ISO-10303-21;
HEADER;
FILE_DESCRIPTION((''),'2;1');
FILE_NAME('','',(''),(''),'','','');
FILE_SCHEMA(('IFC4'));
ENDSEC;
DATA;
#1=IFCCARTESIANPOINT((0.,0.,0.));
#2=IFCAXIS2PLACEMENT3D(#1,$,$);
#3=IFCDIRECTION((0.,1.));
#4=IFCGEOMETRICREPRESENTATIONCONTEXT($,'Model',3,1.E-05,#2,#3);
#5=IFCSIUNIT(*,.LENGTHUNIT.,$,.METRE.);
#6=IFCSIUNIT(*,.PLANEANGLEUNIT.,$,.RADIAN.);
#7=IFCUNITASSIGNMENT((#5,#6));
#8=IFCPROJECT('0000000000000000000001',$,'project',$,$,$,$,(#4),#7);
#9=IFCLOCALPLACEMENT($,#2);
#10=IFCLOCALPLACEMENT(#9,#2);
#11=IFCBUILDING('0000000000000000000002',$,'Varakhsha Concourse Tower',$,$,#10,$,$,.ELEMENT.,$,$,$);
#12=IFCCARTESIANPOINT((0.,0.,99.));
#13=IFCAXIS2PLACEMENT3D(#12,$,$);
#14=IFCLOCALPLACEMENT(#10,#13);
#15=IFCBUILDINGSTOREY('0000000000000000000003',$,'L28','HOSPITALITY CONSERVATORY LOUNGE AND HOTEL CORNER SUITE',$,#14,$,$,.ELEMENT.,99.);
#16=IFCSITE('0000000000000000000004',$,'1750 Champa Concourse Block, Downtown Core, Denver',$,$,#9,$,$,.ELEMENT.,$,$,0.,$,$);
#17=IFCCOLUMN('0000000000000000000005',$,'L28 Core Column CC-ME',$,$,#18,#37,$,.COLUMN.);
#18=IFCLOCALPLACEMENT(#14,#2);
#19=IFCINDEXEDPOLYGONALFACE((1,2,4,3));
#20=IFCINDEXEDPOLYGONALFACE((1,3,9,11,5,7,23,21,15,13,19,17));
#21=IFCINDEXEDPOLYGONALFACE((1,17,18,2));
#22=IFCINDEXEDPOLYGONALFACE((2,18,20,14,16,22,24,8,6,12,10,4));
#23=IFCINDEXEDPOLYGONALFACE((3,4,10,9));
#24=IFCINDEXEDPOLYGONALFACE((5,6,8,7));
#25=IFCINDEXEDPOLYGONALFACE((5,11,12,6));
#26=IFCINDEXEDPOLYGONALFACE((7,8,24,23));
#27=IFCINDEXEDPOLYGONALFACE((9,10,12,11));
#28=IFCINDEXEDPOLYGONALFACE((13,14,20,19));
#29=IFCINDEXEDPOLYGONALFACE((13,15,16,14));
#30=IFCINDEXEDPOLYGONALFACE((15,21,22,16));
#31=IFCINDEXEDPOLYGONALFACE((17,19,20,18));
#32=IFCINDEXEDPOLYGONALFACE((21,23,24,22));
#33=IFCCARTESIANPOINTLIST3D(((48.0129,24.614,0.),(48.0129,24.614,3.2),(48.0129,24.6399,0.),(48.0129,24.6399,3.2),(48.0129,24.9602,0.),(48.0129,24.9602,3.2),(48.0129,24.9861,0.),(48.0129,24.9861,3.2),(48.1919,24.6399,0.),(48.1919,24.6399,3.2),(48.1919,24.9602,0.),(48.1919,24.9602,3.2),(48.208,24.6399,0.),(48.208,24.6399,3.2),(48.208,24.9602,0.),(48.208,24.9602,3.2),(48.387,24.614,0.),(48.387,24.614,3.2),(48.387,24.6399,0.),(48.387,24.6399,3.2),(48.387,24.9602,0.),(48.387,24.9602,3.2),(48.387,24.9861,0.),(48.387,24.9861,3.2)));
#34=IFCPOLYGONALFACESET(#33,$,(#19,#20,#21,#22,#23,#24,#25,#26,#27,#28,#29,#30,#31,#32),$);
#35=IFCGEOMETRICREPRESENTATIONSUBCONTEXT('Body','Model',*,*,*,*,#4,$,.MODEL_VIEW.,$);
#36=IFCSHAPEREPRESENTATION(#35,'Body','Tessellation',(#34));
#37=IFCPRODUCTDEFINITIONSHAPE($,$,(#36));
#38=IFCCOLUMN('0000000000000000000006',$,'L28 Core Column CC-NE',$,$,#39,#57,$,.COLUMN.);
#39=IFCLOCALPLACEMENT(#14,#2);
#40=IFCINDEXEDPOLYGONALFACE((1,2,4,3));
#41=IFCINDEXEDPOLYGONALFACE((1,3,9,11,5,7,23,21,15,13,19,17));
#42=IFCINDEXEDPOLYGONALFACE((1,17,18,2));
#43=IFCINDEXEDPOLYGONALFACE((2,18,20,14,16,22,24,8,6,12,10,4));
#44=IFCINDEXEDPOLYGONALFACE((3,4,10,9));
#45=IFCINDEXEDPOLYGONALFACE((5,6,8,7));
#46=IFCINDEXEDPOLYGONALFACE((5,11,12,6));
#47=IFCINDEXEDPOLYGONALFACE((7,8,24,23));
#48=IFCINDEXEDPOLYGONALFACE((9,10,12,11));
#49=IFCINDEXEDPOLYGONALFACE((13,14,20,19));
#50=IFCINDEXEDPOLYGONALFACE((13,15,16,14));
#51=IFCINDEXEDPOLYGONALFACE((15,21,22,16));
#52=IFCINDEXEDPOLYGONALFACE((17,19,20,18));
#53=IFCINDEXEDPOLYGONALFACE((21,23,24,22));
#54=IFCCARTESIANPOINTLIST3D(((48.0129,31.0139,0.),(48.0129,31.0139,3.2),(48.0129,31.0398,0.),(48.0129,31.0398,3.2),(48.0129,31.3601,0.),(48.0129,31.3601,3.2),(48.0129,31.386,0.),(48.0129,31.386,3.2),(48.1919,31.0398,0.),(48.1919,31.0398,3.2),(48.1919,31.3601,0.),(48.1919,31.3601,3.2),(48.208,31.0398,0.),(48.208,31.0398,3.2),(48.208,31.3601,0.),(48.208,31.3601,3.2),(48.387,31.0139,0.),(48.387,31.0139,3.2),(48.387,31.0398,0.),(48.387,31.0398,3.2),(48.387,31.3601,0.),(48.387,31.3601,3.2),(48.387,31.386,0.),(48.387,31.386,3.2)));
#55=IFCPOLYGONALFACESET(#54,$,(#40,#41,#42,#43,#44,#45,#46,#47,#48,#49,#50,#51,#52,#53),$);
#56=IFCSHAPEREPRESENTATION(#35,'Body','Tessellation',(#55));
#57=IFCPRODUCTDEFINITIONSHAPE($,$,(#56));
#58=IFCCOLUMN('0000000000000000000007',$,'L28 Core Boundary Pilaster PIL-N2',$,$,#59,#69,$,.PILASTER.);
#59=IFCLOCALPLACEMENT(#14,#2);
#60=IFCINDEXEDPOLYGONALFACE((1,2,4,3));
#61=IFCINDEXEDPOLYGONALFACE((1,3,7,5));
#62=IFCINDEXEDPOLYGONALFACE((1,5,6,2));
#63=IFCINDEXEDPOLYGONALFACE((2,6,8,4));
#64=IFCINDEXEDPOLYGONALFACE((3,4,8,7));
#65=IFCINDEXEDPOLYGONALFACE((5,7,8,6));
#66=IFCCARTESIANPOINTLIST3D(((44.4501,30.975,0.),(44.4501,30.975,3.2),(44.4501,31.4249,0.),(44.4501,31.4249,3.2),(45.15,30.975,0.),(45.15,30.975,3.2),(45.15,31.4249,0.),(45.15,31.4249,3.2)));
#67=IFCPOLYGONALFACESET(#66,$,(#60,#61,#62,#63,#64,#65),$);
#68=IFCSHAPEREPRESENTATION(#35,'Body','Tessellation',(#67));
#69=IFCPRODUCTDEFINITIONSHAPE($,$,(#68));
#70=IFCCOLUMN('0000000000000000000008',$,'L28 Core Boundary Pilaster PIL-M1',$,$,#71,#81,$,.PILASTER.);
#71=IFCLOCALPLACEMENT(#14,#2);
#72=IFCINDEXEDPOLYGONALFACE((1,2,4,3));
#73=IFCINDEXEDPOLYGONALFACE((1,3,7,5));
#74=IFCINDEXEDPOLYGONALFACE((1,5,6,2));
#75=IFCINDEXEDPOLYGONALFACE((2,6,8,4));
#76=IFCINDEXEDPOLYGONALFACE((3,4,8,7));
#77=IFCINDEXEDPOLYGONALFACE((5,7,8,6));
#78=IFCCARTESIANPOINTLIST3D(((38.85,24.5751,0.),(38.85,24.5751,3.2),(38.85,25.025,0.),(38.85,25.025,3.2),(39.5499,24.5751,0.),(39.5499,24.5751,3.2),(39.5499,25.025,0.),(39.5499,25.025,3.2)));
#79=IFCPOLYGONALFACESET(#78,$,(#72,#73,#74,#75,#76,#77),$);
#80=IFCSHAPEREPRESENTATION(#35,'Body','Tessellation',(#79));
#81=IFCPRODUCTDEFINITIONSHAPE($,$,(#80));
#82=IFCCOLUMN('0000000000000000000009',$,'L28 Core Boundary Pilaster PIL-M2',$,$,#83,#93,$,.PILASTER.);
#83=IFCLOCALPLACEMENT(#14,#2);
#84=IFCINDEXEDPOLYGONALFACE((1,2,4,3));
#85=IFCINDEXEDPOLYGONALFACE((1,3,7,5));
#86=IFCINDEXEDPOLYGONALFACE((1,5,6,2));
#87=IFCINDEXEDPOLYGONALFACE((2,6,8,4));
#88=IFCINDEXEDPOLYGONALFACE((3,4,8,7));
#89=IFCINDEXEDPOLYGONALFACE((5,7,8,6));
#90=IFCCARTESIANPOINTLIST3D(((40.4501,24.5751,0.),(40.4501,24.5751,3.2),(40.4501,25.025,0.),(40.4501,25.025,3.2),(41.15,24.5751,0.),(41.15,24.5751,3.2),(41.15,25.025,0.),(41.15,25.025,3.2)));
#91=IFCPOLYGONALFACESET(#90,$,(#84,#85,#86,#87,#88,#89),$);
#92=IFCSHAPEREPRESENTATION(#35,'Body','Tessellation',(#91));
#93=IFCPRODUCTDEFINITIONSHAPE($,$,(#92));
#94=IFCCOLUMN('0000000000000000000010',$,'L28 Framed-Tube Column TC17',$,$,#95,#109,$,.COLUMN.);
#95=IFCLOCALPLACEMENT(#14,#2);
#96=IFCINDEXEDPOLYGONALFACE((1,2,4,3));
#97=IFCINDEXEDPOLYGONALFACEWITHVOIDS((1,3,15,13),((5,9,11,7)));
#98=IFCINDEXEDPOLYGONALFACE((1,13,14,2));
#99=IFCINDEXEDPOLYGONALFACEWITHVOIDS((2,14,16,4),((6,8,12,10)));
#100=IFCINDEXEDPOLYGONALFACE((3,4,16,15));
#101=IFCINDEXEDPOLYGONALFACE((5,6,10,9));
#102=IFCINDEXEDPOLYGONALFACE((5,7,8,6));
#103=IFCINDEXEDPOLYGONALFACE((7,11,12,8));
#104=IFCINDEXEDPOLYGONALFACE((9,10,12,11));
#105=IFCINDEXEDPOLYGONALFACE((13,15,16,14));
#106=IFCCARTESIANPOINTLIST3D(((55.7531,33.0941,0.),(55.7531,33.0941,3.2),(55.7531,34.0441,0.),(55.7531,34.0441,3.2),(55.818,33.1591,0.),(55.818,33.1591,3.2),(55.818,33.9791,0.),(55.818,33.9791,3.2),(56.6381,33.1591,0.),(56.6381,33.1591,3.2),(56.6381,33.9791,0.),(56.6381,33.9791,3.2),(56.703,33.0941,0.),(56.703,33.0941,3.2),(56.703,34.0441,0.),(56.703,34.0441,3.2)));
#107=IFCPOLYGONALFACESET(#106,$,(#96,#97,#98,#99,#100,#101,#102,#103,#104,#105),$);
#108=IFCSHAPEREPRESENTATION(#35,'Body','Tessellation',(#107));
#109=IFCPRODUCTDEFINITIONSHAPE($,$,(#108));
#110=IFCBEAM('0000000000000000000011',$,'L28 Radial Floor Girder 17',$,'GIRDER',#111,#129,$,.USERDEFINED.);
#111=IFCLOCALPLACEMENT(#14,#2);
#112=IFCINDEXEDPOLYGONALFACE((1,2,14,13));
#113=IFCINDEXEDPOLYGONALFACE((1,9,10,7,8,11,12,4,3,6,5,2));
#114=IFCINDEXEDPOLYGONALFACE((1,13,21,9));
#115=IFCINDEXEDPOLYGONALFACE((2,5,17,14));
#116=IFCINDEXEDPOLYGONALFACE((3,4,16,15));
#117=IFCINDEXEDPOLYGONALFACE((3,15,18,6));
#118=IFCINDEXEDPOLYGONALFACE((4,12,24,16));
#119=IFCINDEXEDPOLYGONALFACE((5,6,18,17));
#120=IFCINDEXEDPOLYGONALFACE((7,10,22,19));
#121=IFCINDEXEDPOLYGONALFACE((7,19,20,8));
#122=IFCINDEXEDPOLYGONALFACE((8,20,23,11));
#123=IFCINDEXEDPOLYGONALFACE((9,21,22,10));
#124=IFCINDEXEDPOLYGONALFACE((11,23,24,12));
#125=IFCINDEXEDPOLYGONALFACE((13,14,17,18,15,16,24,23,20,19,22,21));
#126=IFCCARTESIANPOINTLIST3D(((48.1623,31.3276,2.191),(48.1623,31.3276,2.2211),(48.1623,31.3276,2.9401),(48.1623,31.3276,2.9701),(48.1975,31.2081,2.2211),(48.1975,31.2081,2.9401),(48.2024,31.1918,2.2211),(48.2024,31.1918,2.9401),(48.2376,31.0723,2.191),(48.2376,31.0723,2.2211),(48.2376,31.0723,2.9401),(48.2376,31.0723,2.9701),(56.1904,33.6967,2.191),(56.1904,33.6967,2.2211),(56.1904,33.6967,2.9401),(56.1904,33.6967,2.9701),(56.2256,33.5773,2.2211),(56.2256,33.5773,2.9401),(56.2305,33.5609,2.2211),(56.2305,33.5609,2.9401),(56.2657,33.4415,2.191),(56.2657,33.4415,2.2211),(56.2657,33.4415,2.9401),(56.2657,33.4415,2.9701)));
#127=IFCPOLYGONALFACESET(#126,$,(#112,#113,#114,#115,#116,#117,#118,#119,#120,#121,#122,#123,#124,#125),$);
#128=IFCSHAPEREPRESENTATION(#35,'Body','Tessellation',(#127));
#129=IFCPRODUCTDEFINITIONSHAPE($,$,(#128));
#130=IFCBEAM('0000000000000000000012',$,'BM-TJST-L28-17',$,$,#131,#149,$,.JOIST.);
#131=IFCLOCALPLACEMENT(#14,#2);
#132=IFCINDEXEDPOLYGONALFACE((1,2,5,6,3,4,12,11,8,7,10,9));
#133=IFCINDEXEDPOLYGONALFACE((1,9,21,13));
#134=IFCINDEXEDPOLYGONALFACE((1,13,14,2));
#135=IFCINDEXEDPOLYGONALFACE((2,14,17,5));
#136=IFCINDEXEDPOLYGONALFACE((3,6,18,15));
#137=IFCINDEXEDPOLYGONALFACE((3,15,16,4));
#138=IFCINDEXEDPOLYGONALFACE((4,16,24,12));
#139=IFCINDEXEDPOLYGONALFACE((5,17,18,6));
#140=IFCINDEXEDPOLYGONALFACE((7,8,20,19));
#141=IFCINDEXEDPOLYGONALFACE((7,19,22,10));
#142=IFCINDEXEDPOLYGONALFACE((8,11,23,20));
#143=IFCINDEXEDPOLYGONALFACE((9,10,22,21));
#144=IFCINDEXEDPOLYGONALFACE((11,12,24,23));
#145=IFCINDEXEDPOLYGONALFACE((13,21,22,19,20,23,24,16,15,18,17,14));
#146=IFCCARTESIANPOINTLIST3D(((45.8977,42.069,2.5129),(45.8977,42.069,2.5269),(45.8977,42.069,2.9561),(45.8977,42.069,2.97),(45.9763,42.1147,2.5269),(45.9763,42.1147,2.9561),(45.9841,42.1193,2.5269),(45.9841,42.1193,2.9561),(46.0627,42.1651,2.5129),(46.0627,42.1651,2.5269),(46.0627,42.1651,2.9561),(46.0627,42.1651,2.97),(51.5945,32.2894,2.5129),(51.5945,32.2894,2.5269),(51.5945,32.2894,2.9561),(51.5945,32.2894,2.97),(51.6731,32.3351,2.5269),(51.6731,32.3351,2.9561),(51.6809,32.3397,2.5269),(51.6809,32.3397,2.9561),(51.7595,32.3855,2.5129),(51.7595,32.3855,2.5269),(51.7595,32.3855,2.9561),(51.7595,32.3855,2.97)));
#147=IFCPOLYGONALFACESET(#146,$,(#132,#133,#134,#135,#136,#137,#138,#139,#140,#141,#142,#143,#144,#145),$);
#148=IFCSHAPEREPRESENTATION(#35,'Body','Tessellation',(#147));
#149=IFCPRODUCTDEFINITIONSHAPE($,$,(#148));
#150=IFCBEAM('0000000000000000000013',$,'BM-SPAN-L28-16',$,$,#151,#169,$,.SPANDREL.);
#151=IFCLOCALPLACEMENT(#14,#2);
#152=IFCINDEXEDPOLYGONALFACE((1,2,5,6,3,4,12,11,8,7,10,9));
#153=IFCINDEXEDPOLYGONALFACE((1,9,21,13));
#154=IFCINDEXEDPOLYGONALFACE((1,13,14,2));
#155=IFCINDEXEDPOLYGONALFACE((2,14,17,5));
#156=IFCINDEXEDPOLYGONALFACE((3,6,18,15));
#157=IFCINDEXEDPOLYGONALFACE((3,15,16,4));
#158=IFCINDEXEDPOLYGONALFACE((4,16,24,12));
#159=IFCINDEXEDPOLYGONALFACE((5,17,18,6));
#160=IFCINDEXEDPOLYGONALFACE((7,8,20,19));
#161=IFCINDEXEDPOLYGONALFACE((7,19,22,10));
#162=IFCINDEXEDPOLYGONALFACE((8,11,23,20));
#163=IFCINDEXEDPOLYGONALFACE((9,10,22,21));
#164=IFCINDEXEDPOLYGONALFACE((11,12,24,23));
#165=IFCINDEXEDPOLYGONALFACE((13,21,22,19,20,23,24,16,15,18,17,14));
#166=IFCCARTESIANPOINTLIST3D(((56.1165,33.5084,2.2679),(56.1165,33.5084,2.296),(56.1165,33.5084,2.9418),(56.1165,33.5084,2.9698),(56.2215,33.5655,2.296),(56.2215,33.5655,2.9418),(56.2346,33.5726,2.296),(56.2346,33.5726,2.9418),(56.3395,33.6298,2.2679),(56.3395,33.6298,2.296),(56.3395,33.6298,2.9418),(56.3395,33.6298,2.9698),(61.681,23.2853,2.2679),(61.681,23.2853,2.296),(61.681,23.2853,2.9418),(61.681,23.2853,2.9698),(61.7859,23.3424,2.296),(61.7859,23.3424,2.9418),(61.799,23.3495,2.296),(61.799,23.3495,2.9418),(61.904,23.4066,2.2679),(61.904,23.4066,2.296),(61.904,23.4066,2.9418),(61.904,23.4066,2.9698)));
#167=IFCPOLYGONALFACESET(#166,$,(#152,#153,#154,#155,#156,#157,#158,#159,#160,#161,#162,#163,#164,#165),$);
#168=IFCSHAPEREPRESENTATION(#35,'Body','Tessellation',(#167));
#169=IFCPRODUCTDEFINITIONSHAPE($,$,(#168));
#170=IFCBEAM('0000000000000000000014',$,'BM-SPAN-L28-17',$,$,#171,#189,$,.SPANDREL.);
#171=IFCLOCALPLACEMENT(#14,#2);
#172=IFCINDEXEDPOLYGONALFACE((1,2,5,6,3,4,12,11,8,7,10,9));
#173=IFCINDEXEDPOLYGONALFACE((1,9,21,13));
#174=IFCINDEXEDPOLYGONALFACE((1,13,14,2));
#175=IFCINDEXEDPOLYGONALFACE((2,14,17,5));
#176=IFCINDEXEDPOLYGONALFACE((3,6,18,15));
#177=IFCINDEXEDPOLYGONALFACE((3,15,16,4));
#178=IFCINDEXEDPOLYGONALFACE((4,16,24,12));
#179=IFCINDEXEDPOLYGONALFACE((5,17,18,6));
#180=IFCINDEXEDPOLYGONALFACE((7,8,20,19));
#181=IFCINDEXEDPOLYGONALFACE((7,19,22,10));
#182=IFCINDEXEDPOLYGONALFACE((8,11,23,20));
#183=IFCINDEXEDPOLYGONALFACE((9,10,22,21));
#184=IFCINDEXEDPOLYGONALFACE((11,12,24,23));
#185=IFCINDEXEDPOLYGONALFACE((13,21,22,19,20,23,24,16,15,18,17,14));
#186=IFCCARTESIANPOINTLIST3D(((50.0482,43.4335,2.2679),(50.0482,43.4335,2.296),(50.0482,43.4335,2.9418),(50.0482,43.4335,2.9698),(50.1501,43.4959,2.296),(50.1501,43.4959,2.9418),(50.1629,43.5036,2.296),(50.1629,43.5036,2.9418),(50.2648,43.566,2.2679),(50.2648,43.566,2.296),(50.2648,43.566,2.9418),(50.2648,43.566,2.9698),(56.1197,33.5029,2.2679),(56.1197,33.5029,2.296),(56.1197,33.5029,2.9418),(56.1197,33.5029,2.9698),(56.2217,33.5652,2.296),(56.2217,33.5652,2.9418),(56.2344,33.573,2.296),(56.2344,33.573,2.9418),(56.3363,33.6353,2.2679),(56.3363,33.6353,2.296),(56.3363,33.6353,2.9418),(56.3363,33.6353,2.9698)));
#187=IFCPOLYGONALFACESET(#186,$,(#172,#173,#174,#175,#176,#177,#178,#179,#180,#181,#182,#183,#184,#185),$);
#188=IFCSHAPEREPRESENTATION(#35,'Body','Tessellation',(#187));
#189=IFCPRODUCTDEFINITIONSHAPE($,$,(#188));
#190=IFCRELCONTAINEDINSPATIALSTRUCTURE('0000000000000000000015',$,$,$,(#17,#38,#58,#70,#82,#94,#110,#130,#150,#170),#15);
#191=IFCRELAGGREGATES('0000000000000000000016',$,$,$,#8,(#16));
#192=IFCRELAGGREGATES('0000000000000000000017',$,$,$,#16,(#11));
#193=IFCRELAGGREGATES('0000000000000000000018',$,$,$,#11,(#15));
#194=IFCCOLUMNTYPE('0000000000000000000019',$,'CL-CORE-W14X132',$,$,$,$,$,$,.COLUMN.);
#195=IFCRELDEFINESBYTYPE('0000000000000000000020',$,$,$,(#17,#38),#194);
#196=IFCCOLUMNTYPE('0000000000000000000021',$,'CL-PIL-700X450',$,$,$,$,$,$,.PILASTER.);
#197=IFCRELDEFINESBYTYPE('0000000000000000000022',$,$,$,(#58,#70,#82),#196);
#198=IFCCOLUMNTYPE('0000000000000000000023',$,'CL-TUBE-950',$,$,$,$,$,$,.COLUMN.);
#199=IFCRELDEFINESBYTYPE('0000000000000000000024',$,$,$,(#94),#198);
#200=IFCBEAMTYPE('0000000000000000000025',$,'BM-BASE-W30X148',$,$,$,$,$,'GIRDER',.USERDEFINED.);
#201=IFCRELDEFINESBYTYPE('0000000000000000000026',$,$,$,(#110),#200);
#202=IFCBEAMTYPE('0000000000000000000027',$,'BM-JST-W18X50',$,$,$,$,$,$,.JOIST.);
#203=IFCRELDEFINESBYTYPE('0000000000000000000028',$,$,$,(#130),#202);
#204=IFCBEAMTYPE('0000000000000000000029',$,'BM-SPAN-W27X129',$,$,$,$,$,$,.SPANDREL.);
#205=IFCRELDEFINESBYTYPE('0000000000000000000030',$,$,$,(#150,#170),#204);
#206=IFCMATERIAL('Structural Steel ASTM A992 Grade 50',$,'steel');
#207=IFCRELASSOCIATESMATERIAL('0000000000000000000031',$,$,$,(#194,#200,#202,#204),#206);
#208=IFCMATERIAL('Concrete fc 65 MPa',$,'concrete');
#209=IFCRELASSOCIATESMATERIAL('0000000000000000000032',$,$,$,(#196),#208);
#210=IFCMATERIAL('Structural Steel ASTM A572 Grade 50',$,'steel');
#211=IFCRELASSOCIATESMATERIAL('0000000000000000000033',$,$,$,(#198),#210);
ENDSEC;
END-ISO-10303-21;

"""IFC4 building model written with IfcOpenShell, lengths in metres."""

from ifc_helpers import new_model, si_unit, direction, frame, origin, origin_2d, place, context, subcontext, project, spatial, rectangle, hollow_rectangle, i_section, extrude, material, material_profile, profile_set, type_object, element, save


model = new_model("IFC4")

# Units and contexts
model_context = context("Model", 3, precision=1e-05, world=origin(), true_north=direction((0.0, 1.0)))
body_context = subcontext(model_context, "Body", "Model", "MODEL_VIEW")
ifc_project = project(units=[si_unit("LENGTHUNIT", "METRE"), si_unit("PLANEANGLEUNIT", "RADIAN")], contexts=[model_context])

# Site, building, storey
site_placement = place(None, origin())
site = spatial("IfcSite", under=ifc_project, at=site_placement, Name="1750 Champa Concourse Block, Downtown Core, Denver", CompositionType="ELEMENT", RefElevation=0.0)
building_placement = place(site_placement, origin())
building = spatial("IfcBuilding", under=site, at=building_placement, Name="Varakhsha Concourse Tower", CompositionType="ELEMENT")
storey_placement = place(building_placement, frame((0.0, 0.0, 99.0)))
storey = spatial("IfcBuildingStorey", under=building, at=storey_placement, Name="L28", Description="HOSPITALITY CONSERVATORY LOUNGE AND HOTEL CORNER SUITE", CompositionType="ELEMENT", Elevation=99.0)

# Columns
ifc_material_1 = material(Name="Structural Steel ASTM A992 Grade 50", Category="steel")
ifc_material_profile_1 = material_profile(ifc_material_1, i_section(OverallWidth=0.374, OverallDepth=0.3721, WebThickness=0.0161, FlangeThickness=0.0259, at=origin_2d()), Name="W14X132")
ifc_profile_set_1 = profile_set([ifc_material_profile_1], Name="Structural Steel ASTM A992 Grade 50")
column_type_1 = type_object("IfcColumnType", Name="CL-CORE-W14X132", PredefinedType="COLUMN", material=ifc_profile_set_1)
for number, where, z_axis, x_axis, name in (
    (1, (48.2, 24.8, 0.0), (0.0, 0.0, 1.0), (1.0, 0.0, 0.0), "L28 Core Column CC-ME"),
    (2, (48.2, 31.2, 0.0), (0.0, 0.0, 1.0), (1.0, 0.0, 0.0), "L28 Core Column CC-NE"),
):
    element("IfcColumn", number, at=place(storey_placement, frame(where, z_axis=z_axis, x_axis=x_axis)), inside=storey, type_object=column_type_1, Name=name, PredefinedType="COLUMN", context=body_context, shape_type="SweptSolid", body=[
        extrude(i_section(OverallWidth=0.374, OverallDepth=0.3721, WebThickness=0.0161, FlangeThickness=0.0259, at=origin_2d()), origin(), (0.0, 0.0, 1.0), 3.2),
    ])
ifc_material_2 = material(Name="Concrete fc 65 MPa", Category="concrete")
ifc_material_profile_2 = material_profile(ifc_material_2, rectangle(XDim=0.7, YDim=0.45, at=origin_2d()), Name="RC 700x450")
ifc_profile_set_2 = profile_set([ifc_material_profile_2], Name="Concrete fc 65 MPa")
column_type_2 = type_object("IfcColumnType", Name="CL-PIL-700X450", PredefinedType="PILASTER", material=ifc_profile_set_2)
for number, where, z_axis, x_axis, name in (
    (3, (44.8, 31.2, 0.0), (0.0, 0.0, 1.0), (1.0, 0.0, 0.0), "L28 Core Boundary Pilaster PIL-N2"),
    (4, (39.2, 24.8, 0.0), (0.0, 0.0, 1.0), (1.0, 0.0, 0.0), "L28 Core Boundary Pilaster PIL-M1"),
    (5, (40.8, 24.8, 0.0), (0.0, 0.0, 1.0), (1.0, 0.0, 0.0), "L28 Core Boundary Pilaster PIL-M2"),
):
    element("IfcColumn", number, at=place(storey_placement, frame(where, z_axis=z_axis, x_axis=x_axis)), inside=storey, type_object=column_type_2, Name=name, PredefinedType="PILASTER", context=body_context, shape_type="SweptSolid", body=[
        extrude(rectangle(XDim=0.7, YDim=0.45, at=origin_2d()), origin(), (0.0, 0.0, 1.0), 3.2),
    ])
ifc_material_3 = material(Name="Structural Steel ASTM A572 Grade 50", Category="steel")
ifc_material_profile_3 = material_profile(ifc_material_3, hollow_rectangle(XDim=0.95, YDim=0.95, WallThickness=0.0649, at=origin_2d()), Name="BOX 950x950x65")
ifc_profile_set_3 = profile_set([ifc_material_profile_3], Name="Structural Steel ASTM A572 Grade 50")
column_type_3 = type_object("IfcColumnType", Name="CL-TUBE-950", PredefinedType="COLUMN", material=ifc_profile_set_3)
column_placement = place(storey_placement, frame((56.228, 33.5691, 0.0), z_axis=(0.0, 0.0, 1.0), x_axis=(1.0, 0.0, 0.0)))
element("IfcColumn", 6, at=column_placement, inside=storey, type_object=column_type_3, Name="L28 Framed-Tube Column TC17", PredefinedType="COLUMN", context=body_context, shape_type="SweptSolid", body=[
    extrude(hollow_rectangle(XDim=0.95, YDim=0.95, WallThickness=0.0649, at=origin_2d()), origin(), (0.0, 0.0, 1.0), 3.2),
])

# Beams
ifc_material_profile_4 = material_profile(ifc_material_1, i_section(OverallWidth=0.2661, OverallDepth=0.7791, WebThickness=0.0171, FlangeThickness=0.03, at=origin_2d()), Name="W30X148")
ifc_profile_set_4 = profile_set([ifc_material_profile_4], Name="Structural Steel ASTM A992 Grade 50")
beam_type_1 = type_object("IfcBeamType", Name="BM-BASE-W30X148", ElementType="GIRDER", PredefinedType="USERDEFINED", material=ifc_profile_set_4)
beam_1_placement = place(storey_placement, frame((48.2, 31.2, 2.5806), z_axis=(0.959108, 0.283039, 0.0), x_axis=(-0.283039, 0.959108, 0.0)))
element("IfcBeam", 7, at=beam_1_placement, inside=storey, type_object=beam_type_1, Name="L28 Radial Floor Girder 17", ObjectType="GIRDER", PredefinedType="USERDEFINED", context=body_context, shape_type="SweptSolid", body=[
    extrude(i_section(OverallWidth=0.2661, OverallDepth=0.7791, WebThickness=0.0171, FlangeThickness=0.03, at=origin_2d()), origin(), (0.0, 0.0, 1.0), 8.3704),
])
ifc_material_profile_5 = material_profile(ifc_material_1, i_section(OverallWidth=0.1909, OverallDepth=0.457, WebThickness=0.009, FlangeThickness=0.0139, at=origin_2d()), Name="W18X50")
ifc_profile_set_5 = profile_set([ifc_material_profile_5], Name="Structural Steel ASTM A992 Grade 50")
beam_type_2 = type_object("IfcBeamType", Name="BM-JST-W18X50", PredefinedType="JOIST", material=ifc_profile_set_5)
beam_2_placement = place(storey_placement, frame((51.677, 32.3374, 2.7415), z_axis=(-0.503347, 0.864085, 0.0), x_axis=(-0.864085, -0.503347, 0.0)))
element("IfcBeam", 8, at=beam_2_placement, inside=storey, type_object=beam_type_2, Name="BM-TJST-L28-17", PredefinedType="JOIST", context=body_context, shape_type="SweptSolid", body=[
    extrude(i_section(OverallWidth=0.1909, OverallDepth=0.457, WebThickness=0.009, FlangeThickness=0.0139, at=origin_2d()), origin(), (0.0, 0.0, 1.0), 11.3179),
])
ifc_material_profile_6 = material_profile(ifc_material_1, i_section(OverallWidth=0.2539, OverallDepth=0.7019, WebThickness=0.0149, FlangeThickness=0.0281, at=origin_2d()), Name="W27X129")
ifc_profile_set_6 = profile_set([ifc_material_profile_6], Name="Structural Steel ASTM A992 Grade 50")
beam_type_3 = type_object("IfcBeamType", Name="BM-SPAN-W27X129", PredefinedType="SPANDREL", material=ifc_profile_set_6)
beam_3_placement = place(storey_placement, frame((61.7925, 23.3459, 2.6189), z_axis=(-0.47807, 0.878322, 0.0), x_axis=(-0.878322, -0.47807, 0.0)))
element("IfcBeam", 9, at=beam_3_placement, inside=storey, type_object=beam_type_3, Name="BM-SPAN-L28-16", PredefinedType="SPANDREL", context=body_context, shape_type="SweptSolid", body=[
    extrude(i_section(OverallWidth=0.2539, OverallDepth=0.7019, WebThickness=0.0149, FlangeThickness=0.0281, at=origin_2d()), origin(), (0.0, 0.0, 1.0), 11.6394),
])
beam_4_placement = place(storey_placement, frame((56.228, 33.5691, 2.6189), z_axis=(-0.521625, 0.853175, 0.0), x_axis=(-0.853175, -0.521625, 0.0)))
element("IfcBeam", 10, at=beam_4_placement, inside=storey, type_object=beam_type_3, Name="BM-SPAN-L28-17", PredefinedType="SPANDREL", context=body_context, shape_type="SweptSolid", body=[
    extrude(i_section(OverallWidth=0.2539, OverallDepth=0.7019, WebThickness=0.0149, FlangeThickness=0.0281, at=origin_2d()), origin(), (0.0, 0.0, 1.0), 11.6396),
])

save(model, "model.ifc")
